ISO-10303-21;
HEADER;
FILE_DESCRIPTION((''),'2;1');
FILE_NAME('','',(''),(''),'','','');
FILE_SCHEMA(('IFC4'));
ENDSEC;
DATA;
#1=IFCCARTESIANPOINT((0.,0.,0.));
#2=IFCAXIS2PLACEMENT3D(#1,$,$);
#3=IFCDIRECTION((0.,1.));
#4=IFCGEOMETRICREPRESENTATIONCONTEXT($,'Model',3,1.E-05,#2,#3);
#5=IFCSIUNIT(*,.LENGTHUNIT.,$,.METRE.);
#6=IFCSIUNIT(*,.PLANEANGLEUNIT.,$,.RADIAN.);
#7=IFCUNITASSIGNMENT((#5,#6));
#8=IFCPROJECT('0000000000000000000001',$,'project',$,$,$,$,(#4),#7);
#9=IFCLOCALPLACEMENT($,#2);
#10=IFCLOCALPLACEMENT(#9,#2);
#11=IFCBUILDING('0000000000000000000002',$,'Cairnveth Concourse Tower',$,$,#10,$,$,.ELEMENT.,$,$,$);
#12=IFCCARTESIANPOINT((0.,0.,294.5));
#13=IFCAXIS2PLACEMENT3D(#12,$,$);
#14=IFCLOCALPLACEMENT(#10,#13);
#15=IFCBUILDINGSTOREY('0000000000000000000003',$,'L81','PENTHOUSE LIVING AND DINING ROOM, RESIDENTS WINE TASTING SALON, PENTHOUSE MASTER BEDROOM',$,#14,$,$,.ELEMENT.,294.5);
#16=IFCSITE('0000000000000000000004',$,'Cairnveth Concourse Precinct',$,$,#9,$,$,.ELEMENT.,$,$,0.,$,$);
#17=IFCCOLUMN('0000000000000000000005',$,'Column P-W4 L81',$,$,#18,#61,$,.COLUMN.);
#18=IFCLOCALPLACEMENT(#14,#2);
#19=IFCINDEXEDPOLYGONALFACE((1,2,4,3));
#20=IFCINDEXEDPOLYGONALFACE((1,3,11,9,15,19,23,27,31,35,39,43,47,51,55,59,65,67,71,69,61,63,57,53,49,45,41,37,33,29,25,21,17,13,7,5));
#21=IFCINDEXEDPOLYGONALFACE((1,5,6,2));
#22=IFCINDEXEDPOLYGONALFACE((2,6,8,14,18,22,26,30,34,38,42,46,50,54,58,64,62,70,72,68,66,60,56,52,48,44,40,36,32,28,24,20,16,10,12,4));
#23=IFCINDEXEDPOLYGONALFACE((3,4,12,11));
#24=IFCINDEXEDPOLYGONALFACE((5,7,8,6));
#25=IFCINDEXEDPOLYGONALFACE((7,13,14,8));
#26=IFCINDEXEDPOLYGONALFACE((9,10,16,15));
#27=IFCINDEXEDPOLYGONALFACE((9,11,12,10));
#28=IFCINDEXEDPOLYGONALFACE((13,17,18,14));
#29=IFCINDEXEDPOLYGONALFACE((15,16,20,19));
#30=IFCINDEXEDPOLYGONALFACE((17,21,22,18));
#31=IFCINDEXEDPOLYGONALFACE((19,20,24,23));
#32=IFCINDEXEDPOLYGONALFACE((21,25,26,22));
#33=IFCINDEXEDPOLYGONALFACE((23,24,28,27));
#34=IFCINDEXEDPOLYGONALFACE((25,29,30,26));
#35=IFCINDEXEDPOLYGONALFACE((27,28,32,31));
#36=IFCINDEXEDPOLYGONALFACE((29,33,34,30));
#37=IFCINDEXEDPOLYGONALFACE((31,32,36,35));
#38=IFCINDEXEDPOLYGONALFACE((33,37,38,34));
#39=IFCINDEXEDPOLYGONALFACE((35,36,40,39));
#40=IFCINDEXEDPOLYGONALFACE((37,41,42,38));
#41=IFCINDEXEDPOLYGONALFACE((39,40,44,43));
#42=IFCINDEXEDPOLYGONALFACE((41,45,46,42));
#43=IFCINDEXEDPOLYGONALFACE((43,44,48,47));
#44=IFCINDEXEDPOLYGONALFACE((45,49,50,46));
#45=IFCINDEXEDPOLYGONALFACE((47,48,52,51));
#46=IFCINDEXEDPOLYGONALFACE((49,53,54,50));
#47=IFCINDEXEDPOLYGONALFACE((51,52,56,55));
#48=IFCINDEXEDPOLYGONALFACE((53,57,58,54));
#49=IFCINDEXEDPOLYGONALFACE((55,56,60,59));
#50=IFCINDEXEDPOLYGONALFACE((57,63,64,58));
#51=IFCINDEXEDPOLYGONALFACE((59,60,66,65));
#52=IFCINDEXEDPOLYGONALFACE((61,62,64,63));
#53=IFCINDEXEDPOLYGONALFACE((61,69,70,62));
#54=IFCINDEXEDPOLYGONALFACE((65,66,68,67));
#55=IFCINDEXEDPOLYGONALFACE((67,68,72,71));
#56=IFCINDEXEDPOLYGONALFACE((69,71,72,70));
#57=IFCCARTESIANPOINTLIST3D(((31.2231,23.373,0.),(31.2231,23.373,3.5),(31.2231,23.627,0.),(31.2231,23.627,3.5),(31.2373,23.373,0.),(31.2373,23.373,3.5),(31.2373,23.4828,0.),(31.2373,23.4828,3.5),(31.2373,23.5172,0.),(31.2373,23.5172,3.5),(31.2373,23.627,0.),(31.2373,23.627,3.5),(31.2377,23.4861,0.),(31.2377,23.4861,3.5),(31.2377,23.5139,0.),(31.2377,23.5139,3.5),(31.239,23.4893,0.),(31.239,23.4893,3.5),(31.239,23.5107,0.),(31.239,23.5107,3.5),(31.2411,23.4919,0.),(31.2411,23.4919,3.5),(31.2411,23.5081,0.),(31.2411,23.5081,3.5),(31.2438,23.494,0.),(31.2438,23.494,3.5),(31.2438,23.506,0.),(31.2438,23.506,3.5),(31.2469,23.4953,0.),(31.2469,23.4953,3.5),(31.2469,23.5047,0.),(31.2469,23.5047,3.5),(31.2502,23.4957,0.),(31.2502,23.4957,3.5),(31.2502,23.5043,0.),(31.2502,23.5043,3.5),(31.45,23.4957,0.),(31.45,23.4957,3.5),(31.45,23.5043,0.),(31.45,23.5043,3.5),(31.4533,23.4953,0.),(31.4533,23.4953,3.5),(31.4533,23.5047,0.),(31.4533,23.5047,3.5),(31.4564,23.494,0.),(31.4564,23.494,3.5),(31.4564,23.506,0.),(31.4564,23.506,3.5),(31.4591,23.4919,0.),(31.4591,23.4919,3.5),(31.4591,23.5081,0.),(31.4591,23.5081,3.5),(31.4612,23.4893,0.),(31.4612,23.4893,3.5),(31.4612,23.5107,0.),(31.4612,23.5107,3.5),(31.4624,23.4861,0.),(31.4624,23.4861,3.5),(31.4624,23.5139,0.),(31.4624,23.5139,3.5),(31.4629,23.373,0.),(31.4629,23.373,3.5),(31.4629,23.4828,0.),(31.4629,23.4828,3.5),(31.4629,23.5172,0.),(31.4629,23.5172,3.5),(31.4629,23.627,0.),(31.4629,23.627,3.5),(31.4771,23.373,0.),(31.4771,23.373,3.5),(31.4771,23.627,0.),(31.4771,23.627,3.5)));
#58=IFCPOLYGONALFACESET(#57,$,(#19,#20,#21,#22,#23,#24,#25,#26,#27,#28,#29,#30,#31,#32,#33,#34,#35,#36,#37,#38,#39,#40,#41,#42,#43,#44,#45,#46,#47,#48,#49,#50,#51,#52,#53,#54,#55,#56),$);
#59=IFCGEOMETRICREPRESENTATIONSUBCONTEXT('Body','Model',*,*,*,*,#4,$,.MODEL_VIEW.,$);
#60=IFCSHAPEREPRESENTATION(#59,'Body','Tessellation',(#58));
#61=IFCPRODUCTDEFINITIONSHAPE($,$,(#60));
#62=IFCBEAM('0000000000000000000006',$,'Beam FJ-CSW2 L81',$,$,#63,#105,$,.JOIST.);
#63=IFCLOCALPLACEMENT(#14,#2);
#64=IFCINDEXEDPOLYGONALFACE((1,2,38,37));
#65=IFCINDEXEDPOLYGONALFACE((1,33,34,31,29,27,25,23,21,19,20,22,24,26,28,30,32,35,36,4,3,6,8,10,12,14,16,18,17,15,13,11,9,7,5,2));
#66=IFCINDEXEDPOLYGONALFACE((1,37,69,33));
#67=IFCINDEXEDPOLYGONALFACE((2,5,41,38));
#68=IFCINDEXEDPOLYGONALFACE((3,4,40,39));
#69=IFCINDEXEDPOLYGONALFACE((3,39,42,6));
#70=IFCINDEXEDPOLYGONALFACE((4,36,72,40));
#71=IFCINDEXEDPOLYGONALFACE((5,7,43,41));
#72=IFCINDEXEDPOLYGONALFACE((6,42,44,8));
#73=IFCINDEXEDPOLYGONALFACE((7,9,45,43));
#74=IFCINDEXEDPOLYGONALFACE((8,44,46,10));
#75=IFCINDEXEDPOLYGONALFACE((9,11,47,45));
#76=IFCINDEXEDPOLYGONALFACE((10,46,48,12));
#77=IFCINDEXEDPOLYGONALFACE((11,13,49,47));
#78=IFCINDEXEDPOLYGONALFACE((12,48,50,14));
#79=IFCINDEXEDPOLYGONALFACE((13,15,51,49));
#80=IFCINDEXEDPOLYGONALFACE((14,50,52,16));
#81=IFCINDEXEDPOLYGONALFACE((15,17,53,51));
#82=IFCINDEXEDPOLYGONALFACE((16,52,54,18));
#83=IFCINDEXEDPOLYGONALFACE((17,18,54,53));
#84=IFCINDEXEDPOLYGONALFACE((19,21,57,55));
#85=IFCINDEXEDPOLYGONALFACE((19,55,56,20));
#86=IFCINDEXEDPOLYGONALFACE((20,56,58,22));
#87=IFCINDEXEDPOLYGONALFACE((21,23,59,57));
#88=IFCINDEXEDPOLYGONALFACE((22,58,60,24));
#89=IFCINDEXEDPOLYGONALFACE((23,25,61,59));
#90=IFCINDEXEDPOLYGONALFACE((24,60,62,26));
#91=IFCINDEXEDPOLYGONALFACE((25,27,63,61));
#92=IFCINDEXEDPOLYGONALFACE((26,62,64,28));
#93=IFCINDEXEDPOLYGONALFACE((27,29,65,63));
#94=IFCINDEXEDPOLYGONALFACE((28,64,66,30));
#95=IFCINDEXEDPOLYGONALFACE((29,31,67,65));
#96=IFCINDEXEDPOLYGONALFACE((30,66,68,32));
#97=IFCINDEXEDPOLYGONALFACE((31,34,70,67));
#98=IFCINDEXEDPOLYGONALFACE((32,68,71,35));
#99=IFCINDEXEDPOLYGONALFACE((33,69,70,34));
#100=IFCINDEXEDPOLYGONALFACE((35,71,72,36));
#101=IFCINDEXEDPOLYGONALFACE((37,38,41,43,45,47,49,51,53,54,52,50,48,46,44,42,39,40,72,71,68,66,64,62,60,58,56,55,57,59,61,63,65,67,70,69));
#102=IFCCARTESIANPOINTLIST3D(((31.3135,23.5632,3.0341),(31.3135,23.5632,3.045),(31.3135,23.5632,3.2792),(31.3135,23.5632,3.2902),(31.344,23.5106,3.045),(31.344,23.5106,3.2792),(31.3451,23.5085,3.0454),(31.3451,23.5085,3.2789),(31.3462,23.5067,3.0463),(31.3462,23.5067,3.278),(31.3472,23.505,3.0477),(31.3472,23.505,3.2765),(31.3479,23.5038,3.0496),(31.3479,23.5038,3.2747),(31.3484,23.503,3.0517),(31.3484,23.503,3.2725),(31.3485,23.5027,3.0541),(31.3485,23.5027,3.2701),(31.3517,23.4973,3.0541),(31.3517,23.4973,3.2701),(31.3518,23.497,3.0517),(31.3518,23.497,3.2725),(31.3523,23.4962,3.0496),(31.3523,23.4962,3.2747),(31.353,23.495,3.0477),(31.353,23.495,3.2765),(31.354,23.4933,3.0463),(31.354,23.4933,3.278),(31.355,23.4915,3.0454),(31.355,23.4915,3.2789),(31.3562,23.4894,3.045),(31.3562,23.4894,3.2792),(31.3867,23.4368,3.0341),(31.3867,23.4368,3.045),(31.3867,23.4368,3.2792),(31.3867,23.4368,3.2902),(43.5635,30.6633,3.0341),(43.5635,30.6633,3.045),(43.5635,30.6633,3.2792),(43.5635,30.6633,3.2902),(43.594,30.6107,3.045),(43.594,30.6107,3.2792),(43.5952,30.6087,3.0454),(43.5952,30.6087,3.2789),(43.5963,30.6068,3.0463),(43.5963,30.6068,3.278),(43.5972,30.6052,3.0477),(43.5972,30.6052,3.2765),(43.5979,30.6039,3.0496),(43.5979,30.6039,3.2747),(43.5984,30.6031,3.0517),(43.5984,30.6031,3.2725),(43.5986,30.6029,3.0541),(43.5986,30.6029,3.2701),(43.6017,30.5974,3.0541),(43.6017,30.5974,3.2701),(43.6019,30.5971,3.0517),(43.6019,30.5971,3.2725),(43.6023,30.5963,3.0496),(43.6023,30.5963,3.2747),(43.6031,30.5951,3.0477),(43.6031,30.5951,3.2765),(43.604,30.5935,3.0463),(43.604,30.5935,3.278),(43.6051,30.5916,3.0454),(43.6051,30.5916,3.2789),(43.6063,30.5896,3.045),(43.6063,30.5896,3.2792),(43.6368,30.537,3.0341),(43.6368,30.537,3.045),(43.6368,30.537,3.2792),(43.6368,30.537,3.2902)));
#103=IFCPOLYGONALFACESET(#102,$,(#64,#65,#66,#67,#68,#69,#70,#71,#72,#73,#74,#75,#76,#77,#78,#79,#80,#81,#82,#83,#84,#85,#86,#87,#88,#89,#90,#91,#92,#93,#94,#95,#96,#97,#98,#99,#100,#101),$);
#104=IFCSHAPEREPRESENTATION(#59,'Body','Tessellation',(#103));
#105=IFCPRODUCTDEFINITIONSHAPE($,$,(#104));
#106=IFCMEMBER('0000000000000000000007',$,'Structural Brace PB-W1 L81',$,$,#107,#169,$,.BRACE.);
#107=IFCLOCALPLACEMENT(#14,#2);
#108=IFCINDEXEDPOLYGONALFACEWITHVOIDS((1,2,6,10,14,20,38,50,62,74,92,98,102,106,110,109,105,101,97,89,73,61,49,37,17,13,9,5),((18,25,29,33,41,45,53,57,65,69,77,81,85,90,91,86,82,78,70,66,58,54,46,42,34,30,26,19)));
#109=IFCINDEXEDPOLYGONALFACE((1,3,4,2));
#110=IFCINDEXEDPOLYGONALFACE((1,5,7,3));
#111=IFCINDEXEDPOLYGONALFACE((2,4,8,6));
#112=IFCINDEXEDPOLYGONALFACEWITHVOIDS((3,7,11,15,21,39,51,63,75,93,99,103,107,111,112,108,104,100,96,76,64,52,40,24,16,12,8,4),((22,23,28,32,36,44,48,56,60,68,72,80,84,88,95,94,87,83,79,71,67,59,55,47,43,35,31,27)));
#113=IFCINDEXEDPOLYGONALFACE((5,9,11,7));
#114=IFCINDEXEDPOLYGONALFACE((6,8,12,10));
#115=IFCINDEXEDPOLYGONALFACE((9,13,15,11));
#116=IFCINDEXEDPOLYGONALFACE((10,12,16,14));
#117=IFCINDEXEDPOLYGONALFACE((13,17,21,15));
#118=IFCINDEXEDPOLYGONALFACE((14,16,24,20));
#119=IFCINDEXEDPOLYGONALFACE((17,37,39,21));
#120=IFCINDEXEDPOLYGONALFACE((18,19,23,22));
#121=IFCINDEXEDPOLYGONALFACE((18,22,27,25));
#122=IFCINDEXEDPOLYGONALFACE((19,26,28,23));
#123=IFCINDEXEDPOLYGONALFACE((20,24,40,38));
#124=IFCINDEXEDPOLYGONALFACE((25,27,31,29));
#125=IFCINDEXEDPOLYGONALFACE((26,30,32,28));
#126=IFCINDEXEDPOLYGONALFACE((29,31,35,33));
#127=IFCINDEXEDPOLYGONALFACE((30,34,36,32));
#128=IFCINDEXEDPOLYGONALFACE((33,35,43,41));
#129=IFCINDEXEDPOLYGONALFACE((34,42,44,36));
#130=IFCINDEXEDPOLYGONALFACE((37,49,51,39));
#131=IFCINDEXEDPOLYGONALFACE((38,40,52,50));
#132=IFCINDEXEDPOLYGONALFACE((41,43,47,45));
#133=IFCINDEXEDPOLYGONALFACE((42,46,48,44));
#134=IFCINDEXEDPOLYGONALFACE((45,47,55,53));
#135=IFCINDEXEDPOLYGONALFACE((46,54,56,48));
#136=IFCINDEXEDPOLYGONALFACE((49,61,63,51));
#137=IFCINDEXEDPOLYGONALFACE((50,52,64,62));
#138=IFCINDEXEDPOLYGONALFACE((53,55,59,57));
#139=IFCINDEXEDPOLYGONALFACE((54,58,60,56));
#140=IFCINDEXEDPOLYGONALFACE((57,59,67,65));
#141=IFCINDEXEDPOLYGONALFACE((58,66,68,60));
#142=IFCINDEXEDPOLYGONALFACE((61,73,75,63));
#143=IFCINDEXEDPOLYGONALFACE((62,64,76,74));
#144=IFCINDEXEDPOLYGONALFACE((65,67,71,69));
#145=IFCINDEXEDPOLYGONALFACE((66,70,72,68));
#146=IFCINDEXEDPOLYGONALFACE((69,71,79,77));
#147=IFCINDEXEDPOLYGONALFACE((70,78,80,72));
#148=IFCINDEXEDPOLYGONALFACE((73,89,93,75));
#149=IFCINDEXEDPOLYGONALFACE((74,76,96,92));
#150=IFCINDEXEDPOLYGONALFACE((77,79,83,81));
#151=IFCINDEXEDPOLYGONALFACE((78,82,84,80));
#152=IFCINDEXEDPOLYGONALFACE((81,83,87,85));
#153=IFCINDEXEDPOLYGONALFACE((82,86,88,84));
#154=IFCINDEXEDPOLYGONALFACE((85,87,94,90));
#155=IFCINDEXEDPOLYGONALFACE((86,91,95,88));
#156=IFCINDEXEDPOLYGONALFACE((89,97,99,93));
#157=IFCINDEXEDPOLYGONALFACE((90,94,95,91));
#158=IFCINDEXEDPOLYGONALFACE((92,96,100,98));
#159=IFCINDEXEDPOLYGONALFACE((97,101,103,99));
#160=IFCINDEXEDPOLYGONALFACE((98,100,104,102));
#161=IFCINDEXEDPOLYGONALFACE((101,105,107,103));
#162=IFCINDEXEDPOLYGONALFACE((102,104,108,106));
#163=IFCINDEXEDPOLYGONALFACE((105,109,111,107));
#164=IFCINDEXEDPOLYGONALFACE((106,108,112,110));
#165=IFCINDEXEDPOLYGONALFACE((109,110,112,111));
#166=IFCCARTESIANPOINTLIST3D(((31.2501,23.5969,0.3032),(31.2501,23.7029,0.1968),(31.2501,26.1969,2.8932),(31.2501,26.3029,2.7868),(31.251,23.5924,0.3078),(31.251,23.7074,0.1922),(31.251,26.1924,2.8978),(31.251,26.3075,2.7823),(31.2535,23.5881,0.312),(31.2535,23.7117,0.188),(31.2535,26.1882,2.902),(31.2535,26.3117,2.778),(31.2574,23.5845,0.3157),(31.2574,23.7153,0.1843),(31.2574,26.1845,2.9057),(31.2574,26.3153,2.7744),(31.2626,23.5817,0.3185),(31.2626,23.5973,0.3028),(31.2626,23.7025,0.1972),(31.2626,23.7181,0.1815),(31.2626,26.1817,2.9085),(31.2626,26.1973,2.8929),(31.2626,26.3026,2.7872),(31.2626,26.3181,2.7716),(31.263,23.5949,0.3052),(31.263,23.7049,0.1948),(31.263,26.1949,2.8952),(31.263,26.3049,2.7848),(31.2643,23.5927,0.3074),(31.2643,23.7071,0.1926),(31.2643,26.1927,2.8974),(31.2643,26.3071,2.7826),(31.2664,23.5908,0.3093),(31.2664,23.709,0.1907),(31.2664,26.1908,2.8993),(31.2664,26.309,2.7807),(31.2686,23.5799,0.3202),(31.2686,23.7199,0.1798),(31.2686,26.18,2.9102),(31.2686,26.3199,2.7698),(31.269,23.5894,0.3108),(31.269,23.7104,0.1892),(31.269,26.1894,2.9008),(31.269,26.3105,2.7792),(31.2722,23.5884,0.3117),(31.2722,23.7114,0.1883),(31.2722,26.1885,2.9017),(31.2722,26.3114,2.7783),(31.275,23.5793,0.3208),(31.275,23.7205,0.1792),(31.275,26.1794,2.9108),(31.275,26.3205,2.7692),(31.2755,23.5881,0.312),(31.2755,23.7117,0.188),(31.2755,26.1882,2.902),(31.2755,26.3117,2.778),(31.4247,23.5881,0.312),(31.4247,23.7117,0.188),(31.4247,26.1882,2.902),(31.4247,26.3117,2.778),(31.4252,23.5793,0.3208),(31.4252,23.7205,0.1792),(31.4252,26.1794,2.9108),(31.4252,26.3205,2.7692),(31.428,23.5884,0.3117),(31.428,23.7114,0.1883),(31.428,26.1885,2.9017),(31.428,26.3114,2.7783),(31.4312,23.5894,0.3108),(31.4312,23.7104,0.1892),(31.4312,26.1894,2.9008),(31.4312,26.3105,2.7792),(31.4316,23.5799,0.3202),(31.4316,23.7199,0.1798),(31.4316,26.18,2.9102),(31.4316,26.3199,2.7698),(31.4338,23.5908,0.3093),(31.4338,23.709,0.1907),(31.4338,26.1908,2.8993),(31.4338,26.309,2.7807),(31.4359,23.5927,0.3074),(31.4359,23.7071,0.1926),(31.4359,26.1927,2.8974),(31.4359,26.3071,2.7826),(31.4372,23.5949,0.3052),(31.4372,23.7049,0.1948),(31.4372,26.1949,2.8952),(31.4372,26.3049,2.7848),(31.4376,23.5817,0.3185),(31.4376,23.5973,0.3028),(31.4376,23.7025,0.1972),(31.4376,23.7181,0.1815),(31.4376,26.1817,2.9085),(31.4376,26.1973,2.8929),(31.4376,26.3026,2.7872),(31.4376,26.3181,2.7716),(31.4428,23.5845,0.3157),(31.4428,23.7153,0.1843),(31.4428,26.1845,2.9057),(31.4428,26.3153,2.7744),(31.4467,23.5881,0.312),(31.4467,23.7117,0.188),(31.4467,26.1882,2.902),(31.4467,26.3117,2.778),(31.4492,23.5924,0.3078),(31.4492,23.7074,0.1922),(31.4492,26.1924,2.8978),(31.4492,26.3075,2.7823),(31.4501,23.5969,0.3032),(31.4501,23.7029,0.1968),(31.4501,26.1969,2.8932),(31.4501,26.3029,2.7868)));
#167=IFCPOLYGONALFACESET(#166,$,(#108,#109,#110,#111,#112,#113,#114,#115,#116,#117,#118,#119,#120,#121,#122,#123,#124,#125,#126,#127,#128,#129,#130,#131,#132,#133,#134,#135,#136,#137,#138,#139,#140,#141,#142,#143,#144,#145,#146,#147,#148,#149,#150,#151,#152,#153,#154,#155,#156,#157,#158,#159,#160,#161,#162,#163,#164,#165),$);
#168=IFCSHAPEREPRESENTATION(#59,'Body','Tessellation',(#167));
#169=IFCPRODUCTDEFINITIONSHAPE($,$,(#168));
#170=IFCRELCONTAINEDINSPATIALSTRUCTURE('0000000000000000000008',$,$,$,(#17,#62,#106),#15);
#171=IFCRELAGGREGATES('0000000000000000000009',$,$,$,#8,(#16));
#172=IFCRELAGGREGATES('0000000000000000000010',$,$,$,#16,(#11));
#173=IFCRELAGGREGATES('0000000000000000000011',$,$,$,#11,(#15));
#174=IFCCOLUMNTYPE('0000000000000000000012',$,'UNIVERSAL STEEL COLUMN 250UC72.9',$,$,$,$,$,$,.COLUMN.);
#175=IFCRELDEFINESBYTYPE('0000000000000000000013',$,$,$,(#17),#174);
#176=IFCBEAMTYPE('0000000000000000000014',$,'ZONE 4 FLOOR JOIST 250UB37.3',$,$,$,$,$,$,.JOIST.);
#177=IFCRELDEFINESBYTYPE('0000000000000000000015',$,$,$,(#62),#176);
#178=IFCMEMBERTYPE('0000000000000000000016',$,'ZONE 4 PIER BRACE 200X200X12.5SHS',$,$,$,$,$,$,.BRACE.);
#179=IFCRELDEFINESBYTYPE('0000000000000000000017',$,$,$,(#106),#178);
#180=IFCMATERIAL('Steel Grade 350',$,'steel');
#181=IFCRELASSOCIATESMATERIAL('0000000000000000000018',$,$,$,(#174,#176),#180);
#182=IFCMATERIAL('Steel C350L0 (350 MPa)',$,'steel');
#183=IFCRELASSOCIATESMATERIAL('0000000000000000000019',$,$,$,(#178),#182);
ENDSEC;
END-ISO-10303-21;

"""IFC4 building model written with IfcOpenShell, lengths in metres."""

from ifc_helpers import new_model, si_unit, direction, frame, origin, origin_2d, place, context, subcontext, project, spatial, hollow_rectangle, i_section, extrude, material, material_profile, profile_set, type_object, element, save


model = new_model("IFC4")

# Units and contexts
model_context = context("Model", 3, precision=1e-05, world=origin(), true_north=direction((0.0, 1.0)))
body_context = subcontext(model_context, "Body", "Model", "MODEL_VIEW")
ifc_project = project(units=[si_unit("LENGTHUNIT", "METRE"), si_unit("PLANEANGLEUNIT", "RADIAN")], contexts=[model_context])

# Site, building, storey
site_placement = place(None, origin())
site = spatial("IfcSite", under=ifc_project, at=site_placement, Name="Cairnveth Concourse Precinct", CompositionType="ELEMENT", RefElevation=0.0)
building_placement = place(site_placement, origin())
building = spatial("IfcBuilding", under=site, at=building_placement, Name="Cairnveth Concourse Tower", CompositionType="ELEMENT")
storey_placement = place(building_placement, frame((0.0, 0.0, 294.5)))
storey = spatial("IfcBuildingStorey", under=building, at=storey_placement, Name="L81", Description="PENTHOUSE LIVING AND DINING ROOM, RESIDENTS WINE TASTING SALON, PENTHOUSE MASTER BEDROOM", CompositionType="ELEMENT", Elevation=294.5)

# Column
ifc_material_1 = material(Name="Steel Grade 350", Category="steel")
ifc_material_profile_1 = material_profile(ifc_material_1, i_section(OverallWidth=0.2539, OverallDepth=0.2539, WebThickness=0.0085, FlangeThickness=0.0142, FilletRadius=0.0129, at=origin_2d()), Name="250UC72.9")
ifc_profile_set_1 = profile_set([ifc_material_profile_1], Name="Steel Grade 350")
column_type = type_object("IfcColumnType", Name="UNIVERSAL STEEL COLUMN 250UC72.9", PredefinedType="COLUMN", material=ifc_profile_set_1)
column_placement = place(storey_placement, frame((31.3501, 23.5, 0.0), z_axis=(0.0, 0.0, 1.0), x_axis=(0.0, 1.0, 0.0)))
element("IfcColumn", 1, at=column_placement, inside=storey, type_object=column_type, Name="Column P-W4 L81", PredefinedType="COLUMN", context=body_context, shape_type="SweptSolid", body=[
    extrude(i_section(OverallWidth=0.2539, OverallDepth=0.2539, WebThickness=0.0085, FlangeThickness=0.0142, FilletRadius=0.0129, at=origin_2d()), origin(), (0.0, 0.0, 1.0), 3.5),
])

# Beam
ifc_material_profile_2 = material_profile(ifc_material_1, i_section(OverallWidth=0.146, OverallDepth=0.2561, WebThickness=0.0063, FlangeThickness=0.011, FilletRadius=0.009, at=origin_2d()), Name="250UB37.3")
ifc_profile_set_2 = profile_set([ifc_material_profile_2], Name="Steel Grade 350")
beam_type_1 = type_object("IfcBeamType", Name="ZONE 4 FLOOR JOIST 250UB37.3", PredefinedType="JOIST", material=ifc_profile_set_2)
beam_1_placement = place(storey_placement, frame((31.3501, 23.5, 3.1621), z_axis=(0.865181, 0.501459, 0.0), x_axis=(-0.501459, 0.865181, 0.0)))
element("IfcBeam", 2, at=beam_1_placement, inside=storey, type_object=beam_type_1, Name="Beam FJ-CSW2 L81", PredefinedType="JOIST", context=body_context, shape_type="SweptSolid", body=[
    extrude(i_section(OverallWidth=0.146, OverallDepth=0.2561, WebThickness=0.0063, FlangeThickness=0.011, FilletRadius=0.009, at=origin_2d()), origin(), (0.0, 0.0, 1.0), 14.1589),
])

# Member
ifc_material_2 = material(Name="Steel C350L0 (350 MPa)", Category="steel")
ifc_material_profile_3 = material_profile(ifc_material_2, hollow_rectangle(XDim=0.2, YDim=0.2, WallThickness=0.0125, InnerFilletRadius=0.0129, OuterFilletRadius=0.0249, at=origin_2d()), Name="200x200x12.5SHS")
ifc_profile_set_3 = profile_set([ifc_material_profile_3], Name="Steel C350L0 (350 MPa)")
member_type = type_object("IfcMemberType", Name="ZONE 4 PIER BRACE 200X200X12.5SHS", PredefinedType="BRACE", material=ifc_profile_set_3)
member_placement = place(storey_placement, frame((31.3501, 23.6499, 0.25), z_axis=(0.0, 0.708469, 0.705742), x_axis=(-1.0, 0.0, 0.0)))
element("IfcMember", 3, at=member_placement, inside=storey, type_object=member_type, Name="Structural Brace PB-W1 L81", PredefinedType="BRACE", context=body_context, shape_type="SweptSolid", body=[
    extrude(hollow_rectangle(XDim=0.2, YDim=0.2, WallThickness=0.0125, InnerFilletRadius=0.0129, OuterFilletRadius=0.0249, at=origin_2d()), origin(), (0.0, 0.0, 1.0), 3.6699),
])

save(model, "model.ifc")
